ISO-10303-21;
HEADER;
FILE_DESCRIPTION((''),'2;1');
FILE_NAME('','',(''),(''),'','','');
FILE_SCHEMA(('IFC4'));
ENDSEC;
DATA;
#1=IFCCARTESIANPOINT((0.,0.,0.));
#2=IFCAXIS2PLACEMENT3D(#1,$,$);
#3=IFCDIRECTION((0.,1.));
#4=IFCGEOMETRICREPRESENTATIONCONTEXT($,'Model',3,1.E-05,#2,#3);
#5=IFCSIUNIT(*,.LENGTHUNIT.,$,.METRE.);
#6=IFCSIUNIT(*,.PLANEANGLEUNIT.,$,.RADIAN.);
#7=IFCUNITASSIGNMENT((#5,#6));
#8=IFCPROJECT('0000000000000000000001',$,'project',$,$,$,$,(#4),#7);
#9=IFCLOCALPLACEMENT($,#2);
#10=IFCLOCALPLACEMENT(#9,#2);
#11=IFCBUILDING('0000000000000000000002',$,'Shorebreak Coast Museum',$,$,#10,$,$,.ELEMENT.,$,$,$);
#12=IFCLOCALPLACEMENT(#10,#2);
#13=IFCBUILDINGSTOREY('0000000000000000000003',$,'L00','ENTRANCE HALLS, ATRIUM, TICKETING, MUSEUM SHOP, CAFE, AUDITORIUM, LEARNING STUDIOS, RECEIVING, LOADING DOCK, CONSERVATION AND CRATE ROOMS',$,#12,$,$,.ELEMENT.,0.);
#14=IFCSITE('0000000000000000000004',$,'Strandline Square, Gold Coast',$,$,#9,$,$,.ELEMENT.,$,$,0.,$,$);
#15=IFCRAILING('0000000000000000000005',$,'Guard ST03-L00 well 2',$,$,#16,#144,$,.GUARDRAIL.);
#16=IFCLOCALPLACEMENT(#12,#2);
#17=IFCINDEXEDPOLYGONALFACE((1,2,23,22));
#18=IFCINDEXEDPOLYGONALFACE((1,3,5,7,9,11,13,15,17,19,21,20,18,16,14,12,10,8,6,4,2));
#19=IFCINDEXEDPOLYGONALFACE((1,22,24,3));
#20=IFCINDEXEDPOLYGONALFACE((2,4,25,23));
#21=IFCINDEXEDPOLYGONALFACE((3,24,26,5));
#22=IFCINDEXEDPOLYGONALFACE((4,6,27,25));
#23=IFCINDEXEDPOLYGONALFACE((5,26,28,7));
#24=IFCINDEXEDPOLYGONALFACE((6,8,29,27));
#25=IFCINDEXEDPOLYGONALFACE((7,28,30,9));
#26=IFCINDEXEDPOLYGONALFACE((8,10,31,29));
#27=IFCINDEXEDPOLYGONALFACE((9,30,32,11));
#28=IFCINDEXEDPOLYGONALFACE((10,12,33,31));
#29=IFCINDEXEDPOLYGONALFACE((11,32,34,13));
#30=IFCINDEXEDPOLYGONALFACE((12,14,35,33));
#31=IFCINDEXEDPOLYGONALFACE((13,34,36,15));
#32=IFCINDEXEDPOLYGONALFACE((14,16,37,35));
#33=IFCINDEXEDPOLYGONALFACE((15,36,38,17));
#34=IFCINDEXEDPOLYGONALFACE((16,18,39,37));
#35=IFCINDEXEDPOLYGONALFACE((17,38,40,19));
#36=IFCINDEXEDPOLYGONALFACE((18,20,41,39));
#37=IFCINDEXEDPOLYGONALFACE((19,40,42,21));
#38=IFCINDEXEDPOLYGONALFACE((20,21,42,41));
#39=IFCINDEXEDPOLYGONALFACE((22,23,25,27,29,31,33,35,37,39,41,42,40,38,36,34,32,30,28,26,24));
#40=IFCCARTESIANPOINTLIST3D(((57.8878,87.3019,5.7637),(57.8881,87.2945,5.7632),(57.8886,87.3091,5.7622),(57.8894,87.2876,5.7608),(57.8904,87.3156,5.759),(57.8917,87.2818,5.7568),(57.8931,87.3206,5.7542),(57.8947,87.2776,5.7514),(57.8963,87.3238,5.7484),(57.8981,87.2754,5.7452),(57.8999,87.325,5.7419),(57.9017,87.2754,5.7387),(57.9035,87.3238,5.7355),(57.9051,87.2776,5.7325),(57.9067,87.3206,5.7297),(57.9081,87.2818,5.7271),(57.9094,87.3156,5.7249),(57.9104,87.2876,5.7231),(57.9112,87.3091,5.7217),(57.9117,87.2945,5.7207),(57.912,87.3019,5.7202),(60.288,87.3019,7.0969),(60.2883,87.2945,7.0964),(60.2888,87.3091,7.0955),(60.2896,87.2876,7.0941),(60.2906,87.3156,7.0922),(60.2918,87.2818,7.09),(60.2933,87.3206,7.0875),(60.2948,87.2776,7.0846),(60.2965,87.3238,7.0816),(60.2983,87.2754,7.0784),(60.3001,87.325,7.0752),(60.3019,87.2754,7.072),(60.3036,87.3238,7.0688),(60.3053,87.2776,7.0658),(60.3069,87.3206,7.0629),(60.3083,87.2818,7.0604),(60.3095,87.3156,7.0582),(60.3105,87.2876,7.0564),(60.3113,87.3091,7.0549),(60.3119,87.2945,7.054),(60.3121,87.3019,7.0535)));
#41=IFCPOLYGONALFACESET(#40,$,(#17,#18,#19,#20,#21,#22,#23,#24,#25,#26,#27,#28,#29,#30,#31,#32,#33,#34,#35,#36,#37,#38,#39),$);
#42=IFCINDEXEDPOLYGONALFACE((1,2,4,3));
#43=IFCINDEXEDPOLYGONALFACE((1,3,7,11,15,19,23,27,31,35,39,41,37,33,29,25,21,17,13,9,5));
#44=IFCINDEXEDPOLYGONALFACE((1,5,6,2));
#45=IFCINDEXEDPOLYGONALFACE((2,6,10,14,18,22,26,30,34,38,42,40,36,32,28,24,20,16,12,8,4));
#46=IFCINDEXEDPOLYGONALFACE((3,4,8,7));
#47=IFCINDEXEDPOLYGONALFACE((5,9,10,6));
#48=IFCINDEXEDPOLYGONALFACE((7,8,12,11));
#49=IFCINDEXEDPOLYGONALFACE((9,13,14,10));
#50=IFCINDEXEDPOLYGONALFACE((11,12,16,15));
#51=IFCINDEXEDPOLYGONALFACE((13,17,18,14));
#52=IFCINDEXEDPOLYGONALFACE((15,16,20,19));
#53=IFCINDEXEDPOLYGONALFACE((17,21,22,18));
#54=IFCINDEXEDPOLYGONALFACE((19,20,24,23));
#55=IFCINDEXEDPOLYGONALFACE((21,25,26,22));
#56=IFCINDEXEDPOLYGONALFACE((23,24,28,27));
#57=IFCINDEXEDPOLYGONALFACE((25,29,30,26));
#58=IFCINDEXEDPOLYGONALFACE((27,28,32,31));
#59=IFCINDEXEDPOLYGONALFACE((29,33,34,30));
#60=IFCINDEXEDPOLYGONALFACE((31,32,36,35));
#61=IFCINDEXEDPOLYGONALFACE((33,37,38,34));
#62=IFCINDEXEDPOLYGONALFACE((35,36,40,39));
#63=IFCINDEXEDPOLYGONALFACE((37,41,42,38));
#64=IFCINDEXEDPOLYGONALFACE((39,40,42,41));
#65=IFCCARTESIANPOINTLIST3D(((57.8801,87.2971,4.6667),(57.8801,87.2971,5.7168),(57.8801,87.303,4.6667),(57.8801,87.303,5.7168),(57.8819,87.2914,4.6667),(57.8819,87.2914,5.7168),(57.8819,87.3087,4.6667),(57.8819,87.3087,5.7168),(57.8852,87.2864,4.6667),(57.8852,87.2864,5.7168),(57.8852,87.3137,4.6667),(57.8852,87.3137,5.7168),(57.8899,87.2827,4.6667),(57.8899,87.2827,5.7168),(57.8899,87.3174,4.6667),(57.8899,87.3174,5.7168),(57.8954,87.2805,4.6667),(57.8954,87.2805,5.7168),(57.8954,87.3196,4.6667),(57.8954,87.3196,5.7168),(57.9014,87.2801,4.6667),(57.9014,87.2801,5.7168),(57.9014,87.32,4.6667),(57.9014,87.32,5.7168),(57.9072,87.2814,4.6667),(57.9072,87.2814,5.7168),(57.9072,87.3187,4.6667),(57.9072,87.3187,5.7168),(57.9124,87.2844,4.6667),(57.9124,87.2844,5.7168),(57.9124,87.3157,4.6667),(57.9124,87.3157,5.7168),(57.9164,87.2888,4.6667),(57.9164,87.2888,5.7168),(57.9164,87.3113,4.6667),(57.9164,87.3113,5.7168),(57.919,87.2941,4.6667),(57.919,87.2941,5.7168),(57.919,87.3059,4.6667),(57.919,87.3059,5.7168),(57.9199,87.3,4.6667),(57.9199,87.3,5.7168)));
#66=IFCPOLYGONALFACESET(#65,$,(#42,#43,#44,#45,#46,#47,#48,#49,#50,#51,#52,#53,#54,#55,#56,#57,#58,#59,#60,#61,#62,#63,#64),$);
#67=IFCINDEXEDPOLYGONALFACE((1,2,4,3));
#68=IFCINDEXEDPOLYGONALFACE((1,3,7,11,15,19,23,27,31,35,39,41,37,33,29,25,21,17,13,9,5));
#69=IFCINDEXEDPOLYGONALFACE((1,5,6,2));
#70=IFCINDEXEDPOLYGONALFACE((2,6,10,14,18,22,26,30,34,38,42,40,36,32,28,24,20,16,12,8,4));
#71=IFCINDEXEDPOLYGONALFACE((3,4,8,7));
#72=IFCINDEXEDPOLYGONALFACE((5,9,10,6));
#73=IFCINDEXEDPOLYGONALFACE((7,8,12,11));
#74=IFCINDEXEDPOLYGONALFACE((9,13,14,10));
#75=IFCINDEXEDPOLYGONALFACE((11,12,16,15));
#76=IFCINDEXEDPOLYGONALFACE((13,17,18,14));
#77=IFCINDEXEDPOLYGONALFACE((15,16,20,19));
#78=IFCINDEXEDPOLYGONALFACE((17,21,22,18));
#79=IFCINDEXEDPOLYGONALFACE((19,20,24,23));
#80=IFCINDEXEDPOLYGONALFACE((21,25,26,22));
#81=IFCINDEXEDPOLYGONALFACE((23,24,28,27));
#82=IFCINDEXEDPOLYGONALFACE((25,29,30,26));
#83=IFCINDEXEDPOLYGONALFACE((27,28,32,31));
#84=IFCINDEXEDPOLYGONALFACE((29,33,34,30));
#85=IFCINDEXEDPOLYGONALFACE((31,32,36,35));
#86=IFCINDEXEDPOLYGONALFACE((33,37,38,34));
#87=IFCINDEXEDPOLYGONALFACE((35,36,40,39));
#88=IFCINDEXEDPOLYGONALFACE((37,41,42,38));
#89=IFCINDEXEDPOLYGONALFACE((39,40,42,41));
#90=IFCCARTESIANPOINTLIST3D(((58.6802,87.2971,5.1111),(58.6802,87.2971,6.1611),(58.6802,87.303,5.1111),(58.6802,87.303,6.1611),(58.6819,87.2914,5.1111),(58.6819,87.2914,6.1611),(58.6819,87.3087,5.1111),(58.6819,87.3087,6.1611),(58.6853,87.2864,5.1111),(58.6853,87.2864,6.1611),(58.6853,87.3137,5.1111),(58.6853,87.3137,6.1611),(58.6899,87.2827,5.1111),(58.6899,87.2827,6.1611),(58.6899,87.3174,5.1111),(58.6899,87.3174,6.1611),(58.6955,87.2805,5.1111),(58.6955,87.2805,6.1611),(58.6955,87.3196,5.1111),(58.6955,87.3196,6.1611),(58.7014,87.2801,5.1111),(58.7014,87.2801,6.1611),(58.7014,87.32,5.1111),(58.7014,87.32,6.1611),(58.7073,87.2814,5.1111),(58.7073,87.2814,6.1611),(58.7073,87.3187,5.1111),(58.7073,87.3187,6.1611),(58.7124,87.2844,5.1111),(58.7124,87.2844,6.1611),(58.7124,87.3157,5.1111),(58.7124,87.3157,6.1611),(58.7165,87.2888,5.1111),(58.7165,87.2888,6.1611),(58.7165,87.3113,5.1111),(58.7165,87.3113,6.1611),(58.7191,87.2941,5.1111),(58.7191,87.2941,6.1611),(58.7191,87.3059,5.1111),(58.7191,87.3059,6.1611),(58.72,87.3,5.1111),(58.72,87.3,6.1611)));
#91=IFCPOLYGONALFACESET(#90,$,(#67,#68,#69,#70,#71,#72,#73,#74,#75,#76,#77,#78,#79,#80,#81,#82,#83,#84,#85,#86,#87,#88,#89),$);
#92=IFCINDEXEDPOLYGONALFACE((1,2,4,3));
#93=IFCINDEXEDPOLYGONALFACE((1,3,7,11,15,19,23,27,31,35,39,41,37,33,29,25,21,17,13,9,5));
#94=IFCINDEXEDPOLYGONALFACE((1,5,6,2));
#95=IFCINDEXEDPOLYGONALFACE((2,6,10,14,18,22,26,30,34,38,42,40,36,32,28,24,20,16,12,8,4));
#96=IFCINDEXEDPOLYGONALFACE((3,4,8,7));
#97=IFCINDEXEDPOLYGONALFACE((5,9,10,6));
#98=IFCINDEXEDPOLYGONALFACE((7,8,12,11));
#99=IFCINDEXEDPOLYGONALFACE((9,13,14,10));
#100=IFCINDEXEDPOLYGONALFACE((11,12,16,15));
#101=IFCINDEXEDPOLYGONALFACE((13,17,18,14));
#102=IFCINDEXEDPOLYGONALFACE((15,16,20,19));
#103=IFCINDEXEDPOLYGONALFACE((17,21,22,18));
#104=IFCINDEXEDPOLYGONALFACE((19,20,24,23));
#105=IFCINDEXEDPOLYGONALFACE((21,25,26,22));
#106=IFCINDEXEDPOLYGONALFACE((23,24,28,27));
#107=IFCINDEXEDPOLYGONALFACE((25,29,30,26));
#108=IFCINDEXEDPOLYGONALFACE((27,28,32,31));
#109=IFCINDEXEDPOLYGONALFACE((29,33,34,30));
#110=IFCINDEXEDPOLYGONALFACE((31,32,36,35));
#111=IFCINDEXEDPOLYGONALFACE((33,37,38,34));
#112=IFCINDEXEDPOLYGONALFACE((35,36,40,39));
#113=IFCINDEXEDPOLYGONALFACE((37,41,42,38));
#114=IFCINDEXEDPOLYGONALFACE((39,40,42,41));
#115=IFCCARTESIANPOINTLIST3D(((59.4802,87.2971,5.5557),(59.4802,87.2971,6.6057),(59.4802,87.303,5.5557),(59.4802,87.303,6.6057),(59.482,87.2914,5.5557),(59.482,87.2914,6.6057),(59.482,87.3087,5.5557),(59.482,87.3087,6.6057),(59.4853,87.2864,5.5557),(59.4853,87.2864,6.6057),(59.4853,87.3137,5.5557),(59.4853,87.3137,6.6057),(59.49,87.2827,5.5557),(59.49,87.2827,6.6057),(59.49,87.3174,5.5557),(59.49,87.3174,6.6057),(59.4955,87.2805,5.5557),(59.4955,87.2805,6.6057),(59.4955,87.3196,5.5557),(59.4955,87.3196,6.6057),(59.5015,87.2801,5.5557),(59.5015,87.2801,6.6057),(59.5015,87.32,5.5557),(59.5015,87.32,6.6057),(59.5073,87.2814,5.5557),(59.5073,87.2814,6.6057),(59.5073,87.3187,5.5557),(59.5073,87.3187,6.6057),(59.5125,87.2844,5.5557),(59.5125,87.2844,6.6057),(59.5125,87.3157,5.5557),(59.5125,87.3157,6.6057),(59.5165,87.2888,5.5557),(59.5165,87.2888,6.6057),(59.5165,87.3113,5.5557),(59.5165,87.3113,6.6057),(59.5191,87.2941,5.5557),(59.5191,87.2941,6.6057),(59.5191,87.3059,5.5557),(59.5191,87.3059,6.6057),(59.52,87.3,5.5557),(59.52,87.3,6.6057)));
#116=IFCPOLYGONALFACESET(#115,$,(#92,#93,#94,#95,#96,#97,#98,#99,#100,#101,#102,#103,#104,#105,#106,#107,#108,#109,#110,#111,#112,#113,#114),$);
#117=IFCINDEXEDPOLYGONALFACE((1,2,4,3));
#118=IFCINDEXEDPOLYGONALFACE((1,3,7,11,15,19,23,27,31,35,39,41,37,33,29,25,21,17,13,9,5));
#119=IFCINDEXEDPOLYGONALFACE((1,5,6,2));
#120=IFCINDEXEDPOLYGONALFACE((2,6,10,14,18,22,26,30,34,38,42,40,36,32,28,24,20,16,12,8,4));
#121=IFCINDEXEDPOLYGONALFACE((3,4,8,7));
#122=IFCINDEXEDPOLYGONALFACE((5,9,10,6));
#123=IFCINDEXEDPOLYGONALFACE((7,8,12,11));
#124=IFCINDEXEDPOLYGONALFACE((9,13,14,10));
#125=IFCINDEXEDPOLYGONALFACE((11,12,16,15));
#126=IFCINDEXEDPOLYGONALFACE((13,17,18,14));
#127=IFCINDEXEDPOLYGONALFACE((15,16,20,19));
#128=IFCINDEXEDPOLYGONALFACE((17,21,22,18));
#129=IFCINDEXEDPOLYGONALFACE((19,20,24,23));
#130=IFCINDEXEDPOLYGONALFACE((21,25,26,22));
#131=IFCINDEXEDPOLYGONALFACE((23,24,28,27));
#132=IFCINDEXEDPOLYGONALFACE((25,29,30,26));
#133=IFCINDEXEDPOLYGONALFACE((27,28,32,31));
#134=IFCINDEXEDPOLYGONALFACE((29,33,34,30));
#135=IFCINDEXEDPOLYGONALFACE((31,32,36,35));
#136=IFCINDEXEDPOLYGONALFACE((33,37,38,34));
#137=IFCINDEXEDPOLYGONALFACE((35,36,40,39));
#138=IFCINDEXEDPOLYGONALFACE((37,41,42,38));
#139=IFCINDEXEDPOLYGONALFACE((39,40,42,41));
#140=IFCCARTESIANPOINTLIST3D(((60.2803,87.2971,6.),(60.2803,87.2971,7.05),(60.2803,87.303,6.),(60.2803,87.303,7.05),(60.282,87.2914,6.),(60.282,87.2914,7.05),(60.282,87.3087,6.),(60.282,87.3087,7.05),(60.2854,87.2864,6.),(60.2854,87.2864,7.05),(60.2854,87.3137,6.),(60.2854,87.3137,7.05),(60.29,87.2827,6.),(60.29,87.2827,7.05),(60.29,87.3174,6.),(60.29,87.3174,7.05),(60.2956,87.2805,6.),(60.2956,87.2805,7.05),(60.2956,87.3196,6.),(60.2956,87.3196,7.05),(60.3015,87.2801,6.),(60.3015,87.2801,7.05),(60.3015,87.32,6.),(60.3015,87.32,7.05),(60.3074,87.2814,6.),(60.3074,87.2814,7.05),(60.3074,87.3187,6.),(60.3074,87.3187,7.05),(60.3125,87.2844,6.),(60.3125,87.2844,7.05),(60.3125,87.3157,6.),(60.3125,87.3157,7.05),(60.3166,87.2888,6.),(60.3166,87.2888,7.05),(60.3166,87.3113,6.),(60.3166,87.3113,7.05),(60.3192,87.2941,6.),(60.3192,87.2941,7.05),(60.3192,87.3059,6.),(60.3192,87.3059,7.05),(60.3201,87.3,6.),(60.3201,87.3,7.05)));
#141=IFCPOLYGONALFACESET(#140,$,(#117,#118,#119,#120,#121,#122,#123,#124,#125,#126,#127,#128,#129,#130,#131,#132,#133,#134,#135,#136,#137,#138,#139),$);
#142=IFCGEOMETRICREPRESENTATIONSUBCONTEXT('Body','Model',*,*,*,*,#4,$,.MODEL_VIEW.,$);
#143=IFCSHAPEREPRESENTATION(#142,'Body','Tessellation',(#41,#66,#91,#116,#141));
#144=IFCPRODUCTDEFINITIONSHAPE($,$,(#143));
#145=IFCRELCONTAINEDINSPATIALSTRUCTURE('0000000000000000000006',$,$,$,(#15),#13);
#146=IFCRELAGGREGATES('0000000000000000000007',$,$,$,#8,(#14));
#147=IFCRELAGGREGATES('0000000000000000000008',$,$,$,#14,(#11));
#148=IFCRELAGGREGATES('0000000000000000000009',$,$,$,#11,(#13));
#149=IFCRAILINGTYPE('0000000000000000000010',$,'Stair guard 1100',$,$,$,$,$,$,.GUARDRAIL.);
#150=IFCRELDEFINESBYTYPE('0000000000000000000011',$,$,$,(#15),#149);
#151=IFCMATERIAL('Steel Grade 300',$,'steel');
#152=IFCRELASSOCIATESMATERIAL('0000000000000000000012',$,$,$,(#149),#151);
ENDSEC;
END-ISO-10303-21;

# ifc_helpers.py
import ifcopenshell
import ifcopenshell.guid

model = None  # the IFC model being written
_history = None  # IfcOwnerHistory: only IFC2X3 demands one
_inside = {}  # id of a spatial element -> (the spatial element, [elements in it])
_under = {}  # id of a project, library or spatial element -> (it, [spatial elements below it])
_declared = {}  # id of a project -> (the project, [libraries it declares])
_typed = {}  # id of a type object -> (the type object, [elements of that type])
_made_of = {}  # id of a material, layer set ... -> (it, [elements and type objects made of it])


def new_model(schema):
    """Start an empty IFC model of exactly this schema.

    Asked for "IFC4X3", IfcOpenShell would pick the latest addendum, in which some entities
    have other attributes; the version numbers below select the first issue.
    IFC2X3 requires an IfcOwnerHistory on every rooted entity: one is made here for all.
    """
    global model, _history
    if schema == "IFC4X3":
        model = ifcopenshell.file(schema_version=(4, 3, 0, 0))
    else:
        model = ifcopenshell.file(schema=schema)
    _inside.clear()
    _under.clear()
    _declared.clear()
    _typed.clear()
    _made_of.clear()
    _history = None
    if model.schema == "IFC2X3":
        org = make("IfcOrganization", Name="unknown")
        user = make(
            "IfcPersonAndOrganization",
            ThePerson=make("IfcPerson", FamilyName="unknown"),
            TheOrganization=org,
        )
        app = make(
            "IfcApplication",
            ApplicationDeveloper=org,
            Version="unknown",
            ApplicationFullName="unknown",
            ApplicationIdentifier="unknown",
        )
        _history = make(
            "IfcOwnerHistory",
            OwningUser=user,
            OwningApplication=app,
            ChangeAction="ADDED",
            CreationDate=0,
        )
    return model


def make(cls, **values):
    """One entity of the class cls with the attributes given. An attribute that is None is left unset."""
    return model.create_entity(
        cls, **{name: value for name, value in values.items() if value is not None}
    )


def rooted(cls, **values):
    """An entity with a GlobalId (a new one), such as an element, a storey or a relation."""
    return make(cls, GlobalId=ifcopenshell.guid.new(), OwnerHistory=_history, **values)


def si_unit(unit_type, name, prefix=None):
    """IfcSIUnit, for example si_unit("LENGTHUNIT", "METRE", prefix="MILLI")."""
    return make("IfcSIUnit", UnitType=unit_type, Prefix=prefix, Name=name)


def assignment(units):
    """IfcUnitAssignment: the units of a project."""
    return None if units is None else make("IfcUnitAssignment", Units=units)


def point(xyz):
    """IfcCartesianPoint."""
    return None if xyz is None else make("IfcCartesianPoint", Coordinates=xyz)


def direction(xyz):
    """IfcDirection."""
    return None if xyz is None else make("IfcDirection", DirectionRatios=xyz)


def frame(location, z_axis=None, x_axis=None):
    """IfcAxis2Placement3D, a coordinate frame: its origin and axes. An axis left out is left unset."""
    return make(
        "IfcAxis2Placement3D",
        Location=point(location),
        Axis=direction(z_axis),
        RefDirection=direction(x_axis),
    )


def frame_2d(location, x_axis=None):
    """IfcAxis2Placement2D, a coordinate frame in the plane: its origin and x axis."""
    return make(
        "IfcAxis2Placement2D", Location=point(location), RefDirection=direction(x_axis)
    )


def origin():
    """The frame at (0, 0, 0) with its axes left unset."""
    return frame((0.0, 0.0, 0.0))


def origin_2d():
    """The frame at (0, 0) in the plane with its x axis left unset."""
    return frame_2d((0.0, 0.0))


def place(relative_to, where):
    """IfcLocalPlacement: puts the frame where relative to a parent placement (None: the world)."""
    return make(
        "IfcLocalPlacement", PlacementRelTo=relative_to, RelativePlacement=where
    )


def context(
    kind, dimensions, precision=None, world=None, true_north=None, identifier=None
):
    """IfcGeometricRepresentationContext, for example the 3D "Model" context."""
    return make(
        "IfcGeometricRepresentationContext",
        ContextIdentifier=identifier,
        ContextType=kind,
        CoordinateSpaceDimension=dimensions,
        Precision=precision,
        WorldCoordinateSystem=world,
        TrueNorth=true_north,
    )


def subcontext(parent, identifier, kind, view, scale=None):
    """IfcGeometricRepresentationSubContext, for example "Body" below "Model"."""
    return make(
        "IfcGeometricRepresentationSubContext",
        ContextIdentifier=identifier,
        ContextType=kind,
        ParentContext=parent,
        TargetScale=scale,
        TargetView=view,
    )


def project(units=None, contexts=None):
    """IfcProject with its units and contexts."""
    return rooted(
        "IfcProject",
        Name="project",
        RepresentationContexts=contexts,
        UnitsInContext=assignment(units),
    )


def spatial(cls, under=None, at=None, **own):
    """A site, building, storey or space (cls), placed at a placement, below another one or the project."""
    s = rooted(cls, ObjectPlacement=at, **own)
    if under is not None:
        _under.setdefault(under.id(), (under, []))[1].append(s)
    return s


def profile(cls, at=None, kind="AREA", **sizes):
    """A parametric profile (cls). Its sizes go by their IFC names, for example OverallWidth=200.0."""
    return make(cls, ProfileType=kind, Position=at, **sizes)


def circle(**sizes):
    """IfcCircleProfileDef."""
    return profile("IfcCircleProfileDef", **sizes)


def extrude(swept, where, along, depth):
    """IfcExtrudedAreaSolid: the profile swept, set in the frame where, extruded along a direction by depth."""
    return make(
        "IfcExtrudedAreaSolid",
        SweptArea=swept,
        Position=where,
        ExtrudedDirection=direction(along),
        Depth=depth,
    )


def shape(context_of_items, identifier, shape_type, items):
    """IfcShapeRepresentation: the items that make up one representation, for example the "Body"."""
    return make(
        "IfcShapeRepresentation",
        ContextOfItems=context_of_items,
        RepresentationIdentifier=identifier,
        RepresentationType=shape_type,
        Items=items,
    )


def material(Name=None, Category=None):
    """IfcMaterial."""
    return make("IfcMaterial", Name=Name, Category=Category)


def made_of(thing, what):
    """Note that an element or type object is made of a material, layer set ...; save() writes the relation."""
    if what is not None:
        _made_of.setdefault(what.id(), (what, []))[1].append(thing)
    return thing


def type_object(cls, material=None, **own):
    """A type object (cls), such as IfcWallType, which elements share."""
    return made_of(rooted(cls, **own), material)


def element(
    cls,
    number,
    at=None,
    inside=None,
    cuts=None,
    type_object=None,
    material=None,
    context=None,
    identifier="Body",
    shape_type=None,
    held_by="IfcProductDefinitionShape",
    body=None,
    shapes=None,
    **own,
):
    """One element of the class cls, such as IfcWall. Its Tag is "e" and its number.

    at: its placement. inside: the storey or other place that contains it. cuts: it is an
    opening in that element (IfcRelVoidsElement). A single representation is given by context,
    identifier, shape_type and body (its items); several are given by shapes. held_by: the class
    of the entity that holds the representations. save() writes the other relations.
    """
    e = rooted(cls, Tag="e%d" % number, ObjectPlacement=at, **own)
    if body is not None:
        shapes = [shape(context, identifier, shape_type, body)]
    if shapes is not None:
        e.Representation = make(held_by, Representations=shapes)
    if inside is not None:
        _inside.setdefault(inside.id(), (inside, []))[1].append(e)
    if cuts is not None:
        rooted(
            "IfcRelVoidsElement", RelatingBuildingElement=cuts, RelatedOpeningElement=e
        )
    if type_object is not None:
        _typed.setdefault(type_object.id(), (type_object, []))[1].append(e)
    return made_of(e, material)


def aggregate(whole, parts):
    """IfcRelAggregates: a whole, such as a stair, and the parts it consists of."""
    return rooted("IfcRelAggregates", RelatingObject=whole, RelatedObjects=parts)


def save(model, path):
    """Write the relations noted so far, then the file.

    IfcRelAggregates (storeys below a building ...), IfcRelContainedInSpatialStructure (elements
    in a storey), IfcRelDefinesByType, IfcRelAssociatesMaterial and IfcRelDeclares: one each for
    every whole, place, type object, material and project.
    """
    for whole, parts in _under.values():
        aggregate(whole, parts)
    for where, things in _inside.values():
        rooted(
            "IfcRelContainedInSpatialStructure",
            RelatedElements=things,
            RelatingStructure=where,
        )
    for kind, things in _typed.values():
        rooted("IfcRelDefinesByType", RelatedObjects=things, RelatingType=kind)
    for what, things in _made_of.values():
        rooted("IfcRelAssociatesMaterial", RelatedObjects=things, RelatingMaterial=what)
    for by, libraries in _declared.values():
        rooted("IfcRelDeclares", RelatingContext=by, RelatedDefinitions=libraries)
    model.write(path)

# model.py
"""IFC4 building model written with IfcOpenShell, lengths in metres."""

from ifc_helpers import new_model, si_unit, direction, frame, origin, origin_2d, place, context, subcontext, project, spatial, circle, extrude, material, type_object, element, save


model = new_model("IFC4")

# Units and contexts
model_context = context("Model", 3, precision=1e-05, world=origin(), true_north=direction((0.0, 1.0)))
body_context = subcontext(model_context, "Body", "Model", "MODEL_VIEW")
ifc_project = project(units=[si_unit("LENGTHUNIT", "METRE"), si_unit("PLANEANGLEUNIT", "RADIAN")], contexts=[model_context])

# Site, building, storey
site_placement = place(None, origin())
site = spatial("IfcSite", under=ifc_project, at=site_placement, Name="Strandline Square, Gold Coast", CompositionType="ELEMENT", RefElevation=0.0)
building_placement = place(site_placement, origin())
building = spatial("IfcBuilding", under=site, at=building_placement, Name="Shorebreak Coast Museum", CompositionType="ELEMENT")
storey_placement = place(building_placement, origin())
storey = spatial("IfcBuildingStorey", under=building, at=storey_placement, Name="L00", Description="ENTRANCE HALLS, ATRIUM, TICKETING, MUSEUM SHOP, CAFE, AUDITORIUM, LEARNING STUDIOS, RECEIVING, LOADING DOCK, CONSERVATION AND CRATE ROOMS", CompositionType="ELEMENT", Elevation=0.0)

# Railing
ifc_material_1 = material(Name="Steel Grade 300", Category="steel")
railing_type_1 = type_object("IfcRailingType", Name="Stair guard 1100", PredefinedType="GUARDRAIL", material=ifc_material_1)
for number, where, name in (
    (1, (57.8999, 87.3, 4.6667), "Guard ST03-L00 well 2"),
):
    element("IfcRailing", number, at=place(storey_placement, frame(where)), inside=storey, type_object=railing_type_1, Name=name, PredefinedType="GUARDRAIL", context=body_context, shape_type="SweptSolid", body=[
        extrude(circle(Radius=0.0249, at=origin_2d()), frame((0.0, 0.0, 1.0752), z_axis=(0.874182, 0.0, 0.485598), x_axis=(0.0, 1.0, 0.0)), (0.0, 0.0, 1.0), 2.7456),
        extrude(circle(Radius=0.02, at=origin_2d()), origin(), (0.0, 0.0, 1.0), 1.05),
        extrude(circle(Radius=0.02, at=origin_2d()), frame((0.8, 0.0, 0.4443)), (0.0, 0.0, 1.0), 1.05),
        extrude(circle(Radius=0.02, at=origin_2d()), frame((1.6001, 0.0, 0.8889)), (0.0, 0.0, 1.0), 1.05),
        extrude(circle(Radius=0.02, at=origin_2d()), frame((2.4001, 0.0, 1.3333)), (0.0, 0.0, 1.0), 1.05),
    ])

save(model, "model.ifc")
